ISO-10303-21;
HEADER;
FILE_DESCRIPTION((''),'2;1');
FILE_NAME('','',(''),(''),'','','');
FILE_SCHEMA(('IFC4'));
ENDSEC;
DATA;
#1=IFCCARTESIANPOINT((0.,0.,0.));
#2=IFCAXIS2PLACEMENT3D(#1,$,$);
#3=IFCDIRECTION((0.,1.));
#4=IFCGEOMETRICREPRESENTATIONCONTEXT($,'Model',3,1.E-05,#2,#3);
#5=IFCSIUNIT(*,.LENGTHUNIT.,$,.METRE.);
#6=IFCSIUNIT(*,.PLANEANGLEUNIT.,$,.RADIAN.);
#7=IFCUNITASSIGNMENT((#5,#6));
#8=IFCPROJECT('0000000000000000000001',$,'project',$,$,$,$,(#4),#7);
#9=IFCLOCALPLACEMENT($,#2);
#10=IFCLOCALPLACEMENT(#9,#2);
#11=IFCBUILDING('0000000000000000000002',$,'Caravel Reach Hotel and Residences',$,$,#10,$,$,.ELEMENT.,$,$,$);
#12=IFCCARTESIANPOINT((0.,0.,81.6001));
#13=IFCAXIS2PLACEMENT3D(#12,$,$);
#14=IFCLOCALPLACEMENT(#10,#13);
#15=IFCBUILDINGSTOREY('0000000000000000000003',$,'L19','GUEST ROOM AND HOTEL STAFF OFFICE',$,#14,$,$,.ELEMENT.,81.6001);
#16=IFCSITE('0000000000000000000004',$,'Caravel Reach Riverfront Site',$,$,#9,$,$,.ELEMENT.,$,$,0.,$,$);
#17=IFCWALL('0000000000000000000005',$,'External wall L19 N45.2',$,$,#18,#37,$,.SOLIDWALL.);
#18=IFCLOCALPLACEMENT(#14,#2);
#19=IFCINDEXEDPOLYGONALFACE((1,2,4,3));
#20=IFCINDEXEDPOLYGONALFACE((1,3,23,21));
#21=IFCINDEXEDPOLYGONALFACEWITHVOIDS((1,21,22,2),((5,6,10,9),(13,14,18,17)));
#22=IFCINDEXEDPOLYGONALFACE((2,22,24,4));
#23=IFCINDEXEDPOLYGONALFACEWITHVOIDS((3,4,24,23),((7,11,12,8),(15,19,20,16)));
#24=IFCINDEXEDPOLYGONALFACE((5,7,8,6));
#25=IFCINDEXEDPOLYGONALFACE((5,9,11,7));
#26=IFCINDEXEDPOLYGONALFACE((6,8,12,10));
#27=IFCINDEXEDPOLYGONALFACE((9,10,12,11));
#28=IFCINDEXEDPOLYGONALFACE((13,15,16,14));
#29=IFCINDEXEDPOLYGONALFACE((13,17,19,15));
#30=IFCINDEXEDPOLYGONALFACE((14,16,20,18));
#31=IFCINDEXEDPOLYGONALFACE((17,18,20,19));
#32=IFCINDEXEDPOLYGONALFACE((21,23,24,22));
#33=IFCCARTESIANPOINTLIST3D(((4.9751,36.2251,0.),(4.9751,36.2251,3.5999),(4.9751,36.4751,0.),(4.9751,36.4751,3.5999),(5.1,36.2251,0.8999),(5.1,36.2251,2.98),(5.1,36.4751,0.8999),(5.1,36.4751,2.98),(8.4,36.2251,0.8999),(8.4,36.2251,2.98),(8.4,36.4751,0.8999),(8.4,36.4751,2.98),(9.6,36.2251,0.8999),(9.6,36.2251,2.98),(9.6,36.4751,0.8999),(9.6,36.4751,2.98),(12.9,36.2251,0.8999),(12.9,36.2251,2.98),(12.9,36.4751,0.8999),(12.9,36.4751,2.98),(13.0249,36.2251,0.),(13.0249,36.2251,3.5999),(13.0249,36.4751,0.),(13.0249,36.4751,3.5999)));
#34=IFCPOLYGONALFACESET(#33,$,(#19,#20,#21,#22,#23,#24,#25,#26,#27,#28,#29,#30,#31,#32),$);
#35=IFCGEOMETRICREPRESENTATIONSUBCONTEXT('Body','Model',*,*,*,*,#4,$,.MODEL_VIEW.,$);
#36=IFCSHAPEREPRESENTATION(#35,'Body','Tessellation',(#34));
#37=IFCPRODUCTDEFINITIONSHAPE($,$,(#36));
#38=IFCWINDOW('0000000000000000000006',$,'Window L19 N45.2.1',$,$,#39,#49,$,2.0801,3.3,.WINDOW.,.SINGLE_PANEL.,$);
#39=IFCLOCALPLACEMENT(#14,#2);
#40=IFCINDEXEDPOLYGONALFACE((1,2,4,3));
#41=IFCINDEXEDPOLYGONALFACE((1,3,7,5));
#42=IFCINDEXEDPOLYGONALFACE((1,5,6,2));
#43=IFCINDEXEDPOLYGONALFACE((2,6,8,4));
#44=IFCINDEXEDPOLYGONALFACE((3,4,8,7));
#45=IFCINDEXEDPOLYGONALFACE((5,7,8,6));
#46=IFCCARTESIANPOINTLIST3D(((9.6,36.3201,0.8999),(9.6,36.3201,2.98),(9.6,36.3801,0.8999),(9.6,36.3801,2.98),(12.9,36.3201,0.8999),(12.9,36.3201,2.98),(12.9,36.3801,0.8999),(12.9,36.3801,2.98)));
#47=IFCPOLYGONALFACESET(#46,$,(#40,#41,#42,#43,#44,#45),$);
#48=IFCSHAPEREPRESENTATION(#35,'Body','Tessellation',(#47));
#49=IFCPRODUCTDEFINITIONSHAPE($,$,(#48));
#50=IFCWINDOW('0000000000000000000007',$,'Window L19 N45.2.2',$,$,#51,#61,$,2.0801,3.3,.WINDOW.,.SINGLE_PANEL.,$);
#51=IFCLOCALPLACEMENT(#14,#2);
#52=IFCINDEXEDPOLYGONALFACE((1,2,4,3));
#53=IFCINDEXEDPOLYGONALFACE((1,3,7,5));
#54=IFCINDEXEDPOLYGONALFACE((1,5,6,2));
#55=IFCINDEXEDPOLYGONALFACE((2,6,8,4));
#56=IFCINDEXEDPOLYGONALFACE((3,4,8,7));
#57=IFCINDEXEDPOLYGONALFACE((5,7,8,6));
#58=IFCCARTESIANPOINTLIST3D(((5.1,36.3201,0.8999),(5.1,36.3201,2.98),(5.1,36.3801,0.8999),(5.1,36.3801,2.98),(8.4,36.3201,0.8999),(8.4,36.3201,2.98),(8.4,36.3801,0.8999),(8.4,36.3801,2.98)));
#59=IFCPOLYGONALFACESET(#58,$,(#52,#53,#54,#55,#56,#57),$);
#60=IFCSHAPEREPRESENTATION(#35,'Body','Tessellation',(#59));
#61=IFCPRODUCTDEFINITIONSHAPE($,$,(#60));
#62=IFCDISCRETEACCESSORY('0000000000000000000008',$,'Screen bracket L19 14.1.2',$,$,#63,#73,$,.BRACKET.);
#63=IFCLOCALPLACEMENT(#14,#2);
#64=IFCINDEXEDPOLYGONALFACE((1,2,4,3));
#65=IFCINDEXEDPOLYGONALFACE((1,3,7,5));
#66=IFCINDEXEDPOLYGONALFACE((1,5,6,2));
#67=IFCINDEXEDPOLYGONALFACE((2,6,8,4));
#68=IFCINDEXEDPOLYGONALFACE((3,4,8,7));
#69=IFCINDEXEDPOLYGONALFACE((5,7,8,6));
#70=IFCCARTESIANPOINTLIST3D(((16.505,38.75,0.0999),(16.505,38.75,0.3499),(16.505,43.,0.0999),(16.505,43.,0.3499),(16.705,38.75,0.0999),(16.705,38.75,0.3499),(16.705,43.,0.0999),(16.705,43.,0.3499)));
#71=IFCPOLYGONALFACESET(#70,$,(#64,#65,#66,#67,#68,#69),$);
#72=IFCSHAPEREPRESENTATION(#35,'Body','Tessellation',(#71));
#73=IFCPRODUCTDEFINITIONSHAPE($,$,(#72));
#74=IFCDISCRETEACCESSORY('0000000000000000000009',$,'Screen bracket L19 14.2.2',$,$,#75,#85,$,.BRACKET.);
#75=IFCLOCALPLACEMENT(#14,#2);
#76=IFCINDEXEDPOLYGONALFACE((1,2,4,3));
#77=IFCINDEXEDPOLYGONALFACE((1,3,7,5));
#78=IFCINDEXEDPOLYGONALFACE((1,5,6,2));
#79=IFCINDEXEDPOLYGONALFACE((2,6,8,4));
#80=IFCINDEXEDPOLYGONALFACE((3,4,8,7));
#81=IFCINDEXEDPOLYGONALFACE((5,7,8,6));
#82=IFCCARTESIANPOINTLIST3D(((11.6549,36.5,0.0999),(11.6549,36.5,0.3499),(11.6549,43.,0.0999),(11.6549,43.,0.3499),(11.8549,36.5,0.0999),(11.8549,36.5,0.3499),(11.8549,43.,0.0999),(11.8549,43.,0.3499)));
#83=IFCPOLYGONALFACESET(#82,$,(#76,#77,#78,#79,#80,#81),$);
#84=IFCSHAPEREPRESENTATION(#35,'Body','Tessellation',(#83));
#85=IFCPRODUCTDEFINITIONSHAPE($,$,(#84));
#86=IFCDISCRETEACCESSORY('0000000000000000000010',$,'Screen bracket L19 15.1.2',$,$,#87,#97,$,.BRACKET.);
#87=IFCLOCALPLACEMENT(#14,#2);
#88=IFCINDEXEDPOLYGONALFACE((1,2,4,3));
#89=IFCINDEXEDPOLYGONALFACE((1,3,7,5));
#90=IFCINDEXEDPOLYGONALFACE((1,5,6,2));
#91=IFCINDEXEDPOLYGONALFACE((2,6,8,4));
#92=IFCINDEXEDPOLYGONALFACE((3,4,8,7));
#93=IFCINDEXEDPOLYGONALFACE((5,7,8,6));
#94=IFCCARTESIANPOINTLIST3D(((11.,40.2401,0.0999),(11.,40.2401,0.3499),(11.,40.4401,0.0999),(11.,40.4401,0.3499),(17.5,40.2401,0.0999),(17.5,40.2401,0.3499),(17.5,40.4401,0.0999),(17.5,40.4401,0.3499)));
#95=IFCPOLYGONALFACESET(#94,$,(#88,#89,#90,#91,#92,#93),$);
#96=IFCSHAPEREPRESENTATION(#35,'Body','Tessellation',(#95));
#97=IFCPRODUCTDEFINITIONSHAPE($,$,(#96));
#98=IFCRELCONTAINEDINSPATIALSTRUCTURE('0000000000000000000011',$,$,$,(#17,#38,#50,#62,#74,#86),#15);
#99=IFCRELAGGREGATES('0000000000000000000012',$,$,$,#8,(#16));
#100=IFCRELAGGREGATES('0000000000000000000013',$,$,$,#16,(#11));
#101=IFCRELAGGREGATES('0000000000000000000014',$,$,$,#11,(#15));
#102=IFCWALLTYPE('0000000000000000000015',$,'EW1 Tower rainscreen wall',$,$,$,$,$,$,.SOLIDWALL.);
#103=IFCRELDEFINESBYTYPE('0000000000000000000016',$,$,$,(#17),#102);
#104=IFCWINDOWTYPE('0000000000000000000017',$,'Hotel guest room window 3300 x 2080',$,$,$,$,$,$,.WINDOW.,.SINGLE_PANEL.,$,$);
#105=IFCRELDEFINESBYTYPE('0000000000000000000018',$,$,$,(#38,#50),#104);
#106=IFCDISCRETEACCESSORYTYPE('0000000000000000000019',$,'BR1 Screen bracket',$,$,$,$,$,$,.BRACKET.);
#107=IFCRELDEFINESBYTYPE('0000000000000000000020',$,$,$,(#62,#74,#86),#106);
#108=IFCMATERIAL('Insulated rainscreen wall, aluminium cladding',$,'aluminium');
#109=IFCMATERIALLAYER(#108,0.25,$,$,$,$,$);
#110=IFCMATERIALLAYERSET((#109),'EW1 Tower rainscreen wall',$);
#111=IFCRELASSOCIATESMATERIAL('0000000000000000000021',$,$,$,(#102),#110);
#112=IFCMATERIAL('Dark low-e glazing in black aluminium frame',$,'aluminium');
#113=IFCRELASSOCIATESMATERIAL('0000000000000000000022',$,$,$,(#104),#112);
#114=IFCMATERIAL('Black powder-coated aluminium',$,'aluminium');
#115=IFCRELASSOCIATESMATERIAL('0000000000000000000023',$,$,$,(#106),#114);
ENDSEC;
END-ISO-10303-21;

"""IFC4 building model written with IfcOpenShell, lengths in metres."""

from ifc_helpers import new_model, si_unit, direction, frame, frame_2d, origin, origin_2d, place, context, subcontext, project, spatial, rectangle, extrude, material, layer, layer_set, type_object, element, fill, save


model = new_model("IFC4")

# Units and contexts
model_context = context("Model", 3, precision=1e-05, world=origin(), true_north=direction((0.0, 1.0)))
body_context = subcontext(model_context, "Body", "Model", "MODEL_VIEW")
ifc_project = project(units=[si_unit("LENGTHUNIT", "METRE"), si_unit("PLANEANGLEUNIT", "RADIAN")], contexts=[model_context])

# Site, building, storey
site_placement = place(None, origin())
site = spatial("IfcSite", under=ifc_project, at=site_placement, Name="Caravel Reach Riverfront Site", CompositionType="ELEMENT", RefElevation=0.0)
building_placement = place(site_placement, origin())
building = spatial("IfcBuilding", under=site, at=building_placement, Name="Caravel Reach Hotel and Residences", CompositionType="ELEMENT")
storey_placement = place(building_placement, frame((0.0, 0.0, 81.6001)))
storey = spatial("IfcBuildingStorey", under=building, at=storey_placement, Name="L19", Description="GUEST ROOM AND HOTEL STAFF OFFICE", CompositionType="ELEMENT", Elevation=81.6001)

# Shared definitions
ifc_material_1 = material(Name="Insulated rainscreen wall, aluminium cladding", Category="aluminium")
ifc_layer = layer(ifc_material_1, 0.25)
ifc_layer_set = layer_set([ifc_layer], Name="EW1 Tower rainscreen wall")
wall_type = type_object("IfcWallType", Name="EW1 Tower rainscreen wall", PredefinedType="SOLIDWALL", material=ifc_layer_set)

# Wall, openings, windows
wall_1_placement = place(storey_placement, frame((13.0249, 36.3501, 0.0), z_axis=(0.0, 0.0, 1.0), x_axis=(-1.0, 0.0, 0.0)))
wall_1 = element("IfcWall", 1, at=wall_1_placement, inside=storey, type_object=wall_type, Name="External wall L19 N45.2", PredefinedType="SOLIDWALL", context=body_context, shape_type="SweptSolid", body=[
    extrude(rectangle(XDim=8.0498, YDim=0.25, at=frame_2d((4.0249, 0.0))), origin(), (0.0, 0.0, 1.0), 3.5999),
])
opening_1_placement = place(wall_1_placement, frame((0.125, 0.0, 0.8999)))
opening_1 = element("IfcOpeningElement", 2, at=opening_1_placement, cuts=wall_1, PredefinedType="OPENING", context=body_context, shape_type="SweptSolid", body=[
    extrude(rectangle(XDim=3.3, YDim=2.0801, at=frame_2d((1.6499, 1.04))), frame((0.0, 0.135, 0.0), z_axis=(0.0, -1.0, 0.0), x_axis=(1.0, 0.0, 0.0)), (0.0, 0.0, 1.0), 0.27),
])
opening_2_placement = place(wall_1_placement, frame((4.625, 0.0, 0.8999)))
opening_2 = element("IfcOpeningElement", 3, at=opening_2_placement, cuts=wall_1, PredefinedType="OPENING", context=body_context, shape_type="SweptSolid", body=[
    extrude(rectangle(XDim=3.3, YDim=2.0801, at=frame_2d((1.6499, 1.04))), frame((0.0, 0.135, 0.0), z_axis=(0.0, -1.0, 0.0), x_axis=(1.0, 0.0, 0.0)), (0.0, 0.0, 1.0), 0.27),
])
ifc_material_2 = material(Name="Dark low-e glazing in black aluminium frame", Category="aluminium")
window_type_1 = type_object("IfcWindowType", Name="Hotel guest room window 3300 x 2080", PartitioningType="SINGLE_PANEL", PredefinedType="WINDOW", material=ifc_material_2)
window_1_placement = place(opening_1_placement, origin())
window_1 = element("IfcWindow", 4, at=window_1_placement, inside=storey, type_object=window_type_1, Name="Window L19 N45.2.1", OverallHeight=2.0801, OverallWidth=3.3, PartitioningType="SINGLE_PANEL", PredefinedType="WINDOW", context=body_context, shape_type="SweptSolid", body=[
    extrude(rectangle(XDim=3.3, YDim=2.0801, at=frame_2d((1.6499, 1.04))), frame((0.0, 0.03, 0.0), z_axis=(0.0, -1.0, 0.0), x_axis=(1.0, 0.0, 0.0)), (0.0, 0.0, 1.0), 0.0601),
])
fill(opening_1, window_1)
window_2_placement = place(opening_2_placement, origin())
window_2 = element("IfcWindow", 5, at=window_2_placement, inside=storey, type_object=window_type_1, Name="Window L19 N45.2.2", OverallHeight=2.0801, OverallWidth=3.3, PartitioningType="SINGLE_PANEL", PredefinedType="WINDOW", context=body_context, shape_type="SweptSolid", body=[
    extrude(rectangle(XDim=3.3, YDim=2.0801, at=frame_2d((1.6499, 1.04))), frame((0.0, 0.03, 0.0), z_axis=(0.0, -1.0, 0.0), x_axis=(1.0, 0.0, 0.0)), (0.0, 0.0, 1.0), 0.0601),
])
fill(opening_2, window_2)

# Discrete accessories
ifc_material_3 = material(Name="Black powder-coated aluminium", Category="aluminium")
discrete_accessory_type = type_object("IfcDiscreteAccessoryType", Name="BR1 Screen bracket", PredefinedType="BRACKET", material=ifc_material_3)
discrete_accessory_placement = place(storey_placement, frame((16.605, 40.875, 0.0999), z_axis=(0.0, 0.0, 1.0), x_axis=(0.0, 1.0, 0.0)))
element("IfcDiscreteAccessory", 6, at=discrete_accessory_placement, inside=storey, type_object=discrete_accessory_type, Name="Screen bracket L19 14.1.2", PredefinedType="BRACKET", context=body_context, shape_type="SweptSolid", body=[
    extrude(rectangle(XDim=4.25, YDim=0.2, at=origin_2d()), origin(), (0.0, 0.0, 1.0), 0.25),
])
for number, where, z_axis, x_axis, name in (
    (7, (11.7549, 39.75, 0.0999), (0.0, 0.0, 1.0), (0.0, 1.0, 0.0), "Screen bracket L19 14.2.2"),
    (8, (14.25, 40.3401, 0.0999), (0.0, 0.0, 1.0), (-1.0, 0.0, 0.0), "Screen bracket L19 15.1.2"),
):
    element("IfcDiscreteAccessory", number, at=place(storey_placement, frame(where, z_axis=z_axis, x_axis=x_axis)), inside=storey, type_object=discrete_accessory_type, Name=name, PredefinedType="BRACKET", context=body_context, shape_type="SweptSolid", body=[
        extrude(rectangle(XDim=6.5, YDim=0.2, at=origin_2d()), origin(), (0.0, 0.0, 1.0), 0.25),
    ])

save(model, "model.ifc")
